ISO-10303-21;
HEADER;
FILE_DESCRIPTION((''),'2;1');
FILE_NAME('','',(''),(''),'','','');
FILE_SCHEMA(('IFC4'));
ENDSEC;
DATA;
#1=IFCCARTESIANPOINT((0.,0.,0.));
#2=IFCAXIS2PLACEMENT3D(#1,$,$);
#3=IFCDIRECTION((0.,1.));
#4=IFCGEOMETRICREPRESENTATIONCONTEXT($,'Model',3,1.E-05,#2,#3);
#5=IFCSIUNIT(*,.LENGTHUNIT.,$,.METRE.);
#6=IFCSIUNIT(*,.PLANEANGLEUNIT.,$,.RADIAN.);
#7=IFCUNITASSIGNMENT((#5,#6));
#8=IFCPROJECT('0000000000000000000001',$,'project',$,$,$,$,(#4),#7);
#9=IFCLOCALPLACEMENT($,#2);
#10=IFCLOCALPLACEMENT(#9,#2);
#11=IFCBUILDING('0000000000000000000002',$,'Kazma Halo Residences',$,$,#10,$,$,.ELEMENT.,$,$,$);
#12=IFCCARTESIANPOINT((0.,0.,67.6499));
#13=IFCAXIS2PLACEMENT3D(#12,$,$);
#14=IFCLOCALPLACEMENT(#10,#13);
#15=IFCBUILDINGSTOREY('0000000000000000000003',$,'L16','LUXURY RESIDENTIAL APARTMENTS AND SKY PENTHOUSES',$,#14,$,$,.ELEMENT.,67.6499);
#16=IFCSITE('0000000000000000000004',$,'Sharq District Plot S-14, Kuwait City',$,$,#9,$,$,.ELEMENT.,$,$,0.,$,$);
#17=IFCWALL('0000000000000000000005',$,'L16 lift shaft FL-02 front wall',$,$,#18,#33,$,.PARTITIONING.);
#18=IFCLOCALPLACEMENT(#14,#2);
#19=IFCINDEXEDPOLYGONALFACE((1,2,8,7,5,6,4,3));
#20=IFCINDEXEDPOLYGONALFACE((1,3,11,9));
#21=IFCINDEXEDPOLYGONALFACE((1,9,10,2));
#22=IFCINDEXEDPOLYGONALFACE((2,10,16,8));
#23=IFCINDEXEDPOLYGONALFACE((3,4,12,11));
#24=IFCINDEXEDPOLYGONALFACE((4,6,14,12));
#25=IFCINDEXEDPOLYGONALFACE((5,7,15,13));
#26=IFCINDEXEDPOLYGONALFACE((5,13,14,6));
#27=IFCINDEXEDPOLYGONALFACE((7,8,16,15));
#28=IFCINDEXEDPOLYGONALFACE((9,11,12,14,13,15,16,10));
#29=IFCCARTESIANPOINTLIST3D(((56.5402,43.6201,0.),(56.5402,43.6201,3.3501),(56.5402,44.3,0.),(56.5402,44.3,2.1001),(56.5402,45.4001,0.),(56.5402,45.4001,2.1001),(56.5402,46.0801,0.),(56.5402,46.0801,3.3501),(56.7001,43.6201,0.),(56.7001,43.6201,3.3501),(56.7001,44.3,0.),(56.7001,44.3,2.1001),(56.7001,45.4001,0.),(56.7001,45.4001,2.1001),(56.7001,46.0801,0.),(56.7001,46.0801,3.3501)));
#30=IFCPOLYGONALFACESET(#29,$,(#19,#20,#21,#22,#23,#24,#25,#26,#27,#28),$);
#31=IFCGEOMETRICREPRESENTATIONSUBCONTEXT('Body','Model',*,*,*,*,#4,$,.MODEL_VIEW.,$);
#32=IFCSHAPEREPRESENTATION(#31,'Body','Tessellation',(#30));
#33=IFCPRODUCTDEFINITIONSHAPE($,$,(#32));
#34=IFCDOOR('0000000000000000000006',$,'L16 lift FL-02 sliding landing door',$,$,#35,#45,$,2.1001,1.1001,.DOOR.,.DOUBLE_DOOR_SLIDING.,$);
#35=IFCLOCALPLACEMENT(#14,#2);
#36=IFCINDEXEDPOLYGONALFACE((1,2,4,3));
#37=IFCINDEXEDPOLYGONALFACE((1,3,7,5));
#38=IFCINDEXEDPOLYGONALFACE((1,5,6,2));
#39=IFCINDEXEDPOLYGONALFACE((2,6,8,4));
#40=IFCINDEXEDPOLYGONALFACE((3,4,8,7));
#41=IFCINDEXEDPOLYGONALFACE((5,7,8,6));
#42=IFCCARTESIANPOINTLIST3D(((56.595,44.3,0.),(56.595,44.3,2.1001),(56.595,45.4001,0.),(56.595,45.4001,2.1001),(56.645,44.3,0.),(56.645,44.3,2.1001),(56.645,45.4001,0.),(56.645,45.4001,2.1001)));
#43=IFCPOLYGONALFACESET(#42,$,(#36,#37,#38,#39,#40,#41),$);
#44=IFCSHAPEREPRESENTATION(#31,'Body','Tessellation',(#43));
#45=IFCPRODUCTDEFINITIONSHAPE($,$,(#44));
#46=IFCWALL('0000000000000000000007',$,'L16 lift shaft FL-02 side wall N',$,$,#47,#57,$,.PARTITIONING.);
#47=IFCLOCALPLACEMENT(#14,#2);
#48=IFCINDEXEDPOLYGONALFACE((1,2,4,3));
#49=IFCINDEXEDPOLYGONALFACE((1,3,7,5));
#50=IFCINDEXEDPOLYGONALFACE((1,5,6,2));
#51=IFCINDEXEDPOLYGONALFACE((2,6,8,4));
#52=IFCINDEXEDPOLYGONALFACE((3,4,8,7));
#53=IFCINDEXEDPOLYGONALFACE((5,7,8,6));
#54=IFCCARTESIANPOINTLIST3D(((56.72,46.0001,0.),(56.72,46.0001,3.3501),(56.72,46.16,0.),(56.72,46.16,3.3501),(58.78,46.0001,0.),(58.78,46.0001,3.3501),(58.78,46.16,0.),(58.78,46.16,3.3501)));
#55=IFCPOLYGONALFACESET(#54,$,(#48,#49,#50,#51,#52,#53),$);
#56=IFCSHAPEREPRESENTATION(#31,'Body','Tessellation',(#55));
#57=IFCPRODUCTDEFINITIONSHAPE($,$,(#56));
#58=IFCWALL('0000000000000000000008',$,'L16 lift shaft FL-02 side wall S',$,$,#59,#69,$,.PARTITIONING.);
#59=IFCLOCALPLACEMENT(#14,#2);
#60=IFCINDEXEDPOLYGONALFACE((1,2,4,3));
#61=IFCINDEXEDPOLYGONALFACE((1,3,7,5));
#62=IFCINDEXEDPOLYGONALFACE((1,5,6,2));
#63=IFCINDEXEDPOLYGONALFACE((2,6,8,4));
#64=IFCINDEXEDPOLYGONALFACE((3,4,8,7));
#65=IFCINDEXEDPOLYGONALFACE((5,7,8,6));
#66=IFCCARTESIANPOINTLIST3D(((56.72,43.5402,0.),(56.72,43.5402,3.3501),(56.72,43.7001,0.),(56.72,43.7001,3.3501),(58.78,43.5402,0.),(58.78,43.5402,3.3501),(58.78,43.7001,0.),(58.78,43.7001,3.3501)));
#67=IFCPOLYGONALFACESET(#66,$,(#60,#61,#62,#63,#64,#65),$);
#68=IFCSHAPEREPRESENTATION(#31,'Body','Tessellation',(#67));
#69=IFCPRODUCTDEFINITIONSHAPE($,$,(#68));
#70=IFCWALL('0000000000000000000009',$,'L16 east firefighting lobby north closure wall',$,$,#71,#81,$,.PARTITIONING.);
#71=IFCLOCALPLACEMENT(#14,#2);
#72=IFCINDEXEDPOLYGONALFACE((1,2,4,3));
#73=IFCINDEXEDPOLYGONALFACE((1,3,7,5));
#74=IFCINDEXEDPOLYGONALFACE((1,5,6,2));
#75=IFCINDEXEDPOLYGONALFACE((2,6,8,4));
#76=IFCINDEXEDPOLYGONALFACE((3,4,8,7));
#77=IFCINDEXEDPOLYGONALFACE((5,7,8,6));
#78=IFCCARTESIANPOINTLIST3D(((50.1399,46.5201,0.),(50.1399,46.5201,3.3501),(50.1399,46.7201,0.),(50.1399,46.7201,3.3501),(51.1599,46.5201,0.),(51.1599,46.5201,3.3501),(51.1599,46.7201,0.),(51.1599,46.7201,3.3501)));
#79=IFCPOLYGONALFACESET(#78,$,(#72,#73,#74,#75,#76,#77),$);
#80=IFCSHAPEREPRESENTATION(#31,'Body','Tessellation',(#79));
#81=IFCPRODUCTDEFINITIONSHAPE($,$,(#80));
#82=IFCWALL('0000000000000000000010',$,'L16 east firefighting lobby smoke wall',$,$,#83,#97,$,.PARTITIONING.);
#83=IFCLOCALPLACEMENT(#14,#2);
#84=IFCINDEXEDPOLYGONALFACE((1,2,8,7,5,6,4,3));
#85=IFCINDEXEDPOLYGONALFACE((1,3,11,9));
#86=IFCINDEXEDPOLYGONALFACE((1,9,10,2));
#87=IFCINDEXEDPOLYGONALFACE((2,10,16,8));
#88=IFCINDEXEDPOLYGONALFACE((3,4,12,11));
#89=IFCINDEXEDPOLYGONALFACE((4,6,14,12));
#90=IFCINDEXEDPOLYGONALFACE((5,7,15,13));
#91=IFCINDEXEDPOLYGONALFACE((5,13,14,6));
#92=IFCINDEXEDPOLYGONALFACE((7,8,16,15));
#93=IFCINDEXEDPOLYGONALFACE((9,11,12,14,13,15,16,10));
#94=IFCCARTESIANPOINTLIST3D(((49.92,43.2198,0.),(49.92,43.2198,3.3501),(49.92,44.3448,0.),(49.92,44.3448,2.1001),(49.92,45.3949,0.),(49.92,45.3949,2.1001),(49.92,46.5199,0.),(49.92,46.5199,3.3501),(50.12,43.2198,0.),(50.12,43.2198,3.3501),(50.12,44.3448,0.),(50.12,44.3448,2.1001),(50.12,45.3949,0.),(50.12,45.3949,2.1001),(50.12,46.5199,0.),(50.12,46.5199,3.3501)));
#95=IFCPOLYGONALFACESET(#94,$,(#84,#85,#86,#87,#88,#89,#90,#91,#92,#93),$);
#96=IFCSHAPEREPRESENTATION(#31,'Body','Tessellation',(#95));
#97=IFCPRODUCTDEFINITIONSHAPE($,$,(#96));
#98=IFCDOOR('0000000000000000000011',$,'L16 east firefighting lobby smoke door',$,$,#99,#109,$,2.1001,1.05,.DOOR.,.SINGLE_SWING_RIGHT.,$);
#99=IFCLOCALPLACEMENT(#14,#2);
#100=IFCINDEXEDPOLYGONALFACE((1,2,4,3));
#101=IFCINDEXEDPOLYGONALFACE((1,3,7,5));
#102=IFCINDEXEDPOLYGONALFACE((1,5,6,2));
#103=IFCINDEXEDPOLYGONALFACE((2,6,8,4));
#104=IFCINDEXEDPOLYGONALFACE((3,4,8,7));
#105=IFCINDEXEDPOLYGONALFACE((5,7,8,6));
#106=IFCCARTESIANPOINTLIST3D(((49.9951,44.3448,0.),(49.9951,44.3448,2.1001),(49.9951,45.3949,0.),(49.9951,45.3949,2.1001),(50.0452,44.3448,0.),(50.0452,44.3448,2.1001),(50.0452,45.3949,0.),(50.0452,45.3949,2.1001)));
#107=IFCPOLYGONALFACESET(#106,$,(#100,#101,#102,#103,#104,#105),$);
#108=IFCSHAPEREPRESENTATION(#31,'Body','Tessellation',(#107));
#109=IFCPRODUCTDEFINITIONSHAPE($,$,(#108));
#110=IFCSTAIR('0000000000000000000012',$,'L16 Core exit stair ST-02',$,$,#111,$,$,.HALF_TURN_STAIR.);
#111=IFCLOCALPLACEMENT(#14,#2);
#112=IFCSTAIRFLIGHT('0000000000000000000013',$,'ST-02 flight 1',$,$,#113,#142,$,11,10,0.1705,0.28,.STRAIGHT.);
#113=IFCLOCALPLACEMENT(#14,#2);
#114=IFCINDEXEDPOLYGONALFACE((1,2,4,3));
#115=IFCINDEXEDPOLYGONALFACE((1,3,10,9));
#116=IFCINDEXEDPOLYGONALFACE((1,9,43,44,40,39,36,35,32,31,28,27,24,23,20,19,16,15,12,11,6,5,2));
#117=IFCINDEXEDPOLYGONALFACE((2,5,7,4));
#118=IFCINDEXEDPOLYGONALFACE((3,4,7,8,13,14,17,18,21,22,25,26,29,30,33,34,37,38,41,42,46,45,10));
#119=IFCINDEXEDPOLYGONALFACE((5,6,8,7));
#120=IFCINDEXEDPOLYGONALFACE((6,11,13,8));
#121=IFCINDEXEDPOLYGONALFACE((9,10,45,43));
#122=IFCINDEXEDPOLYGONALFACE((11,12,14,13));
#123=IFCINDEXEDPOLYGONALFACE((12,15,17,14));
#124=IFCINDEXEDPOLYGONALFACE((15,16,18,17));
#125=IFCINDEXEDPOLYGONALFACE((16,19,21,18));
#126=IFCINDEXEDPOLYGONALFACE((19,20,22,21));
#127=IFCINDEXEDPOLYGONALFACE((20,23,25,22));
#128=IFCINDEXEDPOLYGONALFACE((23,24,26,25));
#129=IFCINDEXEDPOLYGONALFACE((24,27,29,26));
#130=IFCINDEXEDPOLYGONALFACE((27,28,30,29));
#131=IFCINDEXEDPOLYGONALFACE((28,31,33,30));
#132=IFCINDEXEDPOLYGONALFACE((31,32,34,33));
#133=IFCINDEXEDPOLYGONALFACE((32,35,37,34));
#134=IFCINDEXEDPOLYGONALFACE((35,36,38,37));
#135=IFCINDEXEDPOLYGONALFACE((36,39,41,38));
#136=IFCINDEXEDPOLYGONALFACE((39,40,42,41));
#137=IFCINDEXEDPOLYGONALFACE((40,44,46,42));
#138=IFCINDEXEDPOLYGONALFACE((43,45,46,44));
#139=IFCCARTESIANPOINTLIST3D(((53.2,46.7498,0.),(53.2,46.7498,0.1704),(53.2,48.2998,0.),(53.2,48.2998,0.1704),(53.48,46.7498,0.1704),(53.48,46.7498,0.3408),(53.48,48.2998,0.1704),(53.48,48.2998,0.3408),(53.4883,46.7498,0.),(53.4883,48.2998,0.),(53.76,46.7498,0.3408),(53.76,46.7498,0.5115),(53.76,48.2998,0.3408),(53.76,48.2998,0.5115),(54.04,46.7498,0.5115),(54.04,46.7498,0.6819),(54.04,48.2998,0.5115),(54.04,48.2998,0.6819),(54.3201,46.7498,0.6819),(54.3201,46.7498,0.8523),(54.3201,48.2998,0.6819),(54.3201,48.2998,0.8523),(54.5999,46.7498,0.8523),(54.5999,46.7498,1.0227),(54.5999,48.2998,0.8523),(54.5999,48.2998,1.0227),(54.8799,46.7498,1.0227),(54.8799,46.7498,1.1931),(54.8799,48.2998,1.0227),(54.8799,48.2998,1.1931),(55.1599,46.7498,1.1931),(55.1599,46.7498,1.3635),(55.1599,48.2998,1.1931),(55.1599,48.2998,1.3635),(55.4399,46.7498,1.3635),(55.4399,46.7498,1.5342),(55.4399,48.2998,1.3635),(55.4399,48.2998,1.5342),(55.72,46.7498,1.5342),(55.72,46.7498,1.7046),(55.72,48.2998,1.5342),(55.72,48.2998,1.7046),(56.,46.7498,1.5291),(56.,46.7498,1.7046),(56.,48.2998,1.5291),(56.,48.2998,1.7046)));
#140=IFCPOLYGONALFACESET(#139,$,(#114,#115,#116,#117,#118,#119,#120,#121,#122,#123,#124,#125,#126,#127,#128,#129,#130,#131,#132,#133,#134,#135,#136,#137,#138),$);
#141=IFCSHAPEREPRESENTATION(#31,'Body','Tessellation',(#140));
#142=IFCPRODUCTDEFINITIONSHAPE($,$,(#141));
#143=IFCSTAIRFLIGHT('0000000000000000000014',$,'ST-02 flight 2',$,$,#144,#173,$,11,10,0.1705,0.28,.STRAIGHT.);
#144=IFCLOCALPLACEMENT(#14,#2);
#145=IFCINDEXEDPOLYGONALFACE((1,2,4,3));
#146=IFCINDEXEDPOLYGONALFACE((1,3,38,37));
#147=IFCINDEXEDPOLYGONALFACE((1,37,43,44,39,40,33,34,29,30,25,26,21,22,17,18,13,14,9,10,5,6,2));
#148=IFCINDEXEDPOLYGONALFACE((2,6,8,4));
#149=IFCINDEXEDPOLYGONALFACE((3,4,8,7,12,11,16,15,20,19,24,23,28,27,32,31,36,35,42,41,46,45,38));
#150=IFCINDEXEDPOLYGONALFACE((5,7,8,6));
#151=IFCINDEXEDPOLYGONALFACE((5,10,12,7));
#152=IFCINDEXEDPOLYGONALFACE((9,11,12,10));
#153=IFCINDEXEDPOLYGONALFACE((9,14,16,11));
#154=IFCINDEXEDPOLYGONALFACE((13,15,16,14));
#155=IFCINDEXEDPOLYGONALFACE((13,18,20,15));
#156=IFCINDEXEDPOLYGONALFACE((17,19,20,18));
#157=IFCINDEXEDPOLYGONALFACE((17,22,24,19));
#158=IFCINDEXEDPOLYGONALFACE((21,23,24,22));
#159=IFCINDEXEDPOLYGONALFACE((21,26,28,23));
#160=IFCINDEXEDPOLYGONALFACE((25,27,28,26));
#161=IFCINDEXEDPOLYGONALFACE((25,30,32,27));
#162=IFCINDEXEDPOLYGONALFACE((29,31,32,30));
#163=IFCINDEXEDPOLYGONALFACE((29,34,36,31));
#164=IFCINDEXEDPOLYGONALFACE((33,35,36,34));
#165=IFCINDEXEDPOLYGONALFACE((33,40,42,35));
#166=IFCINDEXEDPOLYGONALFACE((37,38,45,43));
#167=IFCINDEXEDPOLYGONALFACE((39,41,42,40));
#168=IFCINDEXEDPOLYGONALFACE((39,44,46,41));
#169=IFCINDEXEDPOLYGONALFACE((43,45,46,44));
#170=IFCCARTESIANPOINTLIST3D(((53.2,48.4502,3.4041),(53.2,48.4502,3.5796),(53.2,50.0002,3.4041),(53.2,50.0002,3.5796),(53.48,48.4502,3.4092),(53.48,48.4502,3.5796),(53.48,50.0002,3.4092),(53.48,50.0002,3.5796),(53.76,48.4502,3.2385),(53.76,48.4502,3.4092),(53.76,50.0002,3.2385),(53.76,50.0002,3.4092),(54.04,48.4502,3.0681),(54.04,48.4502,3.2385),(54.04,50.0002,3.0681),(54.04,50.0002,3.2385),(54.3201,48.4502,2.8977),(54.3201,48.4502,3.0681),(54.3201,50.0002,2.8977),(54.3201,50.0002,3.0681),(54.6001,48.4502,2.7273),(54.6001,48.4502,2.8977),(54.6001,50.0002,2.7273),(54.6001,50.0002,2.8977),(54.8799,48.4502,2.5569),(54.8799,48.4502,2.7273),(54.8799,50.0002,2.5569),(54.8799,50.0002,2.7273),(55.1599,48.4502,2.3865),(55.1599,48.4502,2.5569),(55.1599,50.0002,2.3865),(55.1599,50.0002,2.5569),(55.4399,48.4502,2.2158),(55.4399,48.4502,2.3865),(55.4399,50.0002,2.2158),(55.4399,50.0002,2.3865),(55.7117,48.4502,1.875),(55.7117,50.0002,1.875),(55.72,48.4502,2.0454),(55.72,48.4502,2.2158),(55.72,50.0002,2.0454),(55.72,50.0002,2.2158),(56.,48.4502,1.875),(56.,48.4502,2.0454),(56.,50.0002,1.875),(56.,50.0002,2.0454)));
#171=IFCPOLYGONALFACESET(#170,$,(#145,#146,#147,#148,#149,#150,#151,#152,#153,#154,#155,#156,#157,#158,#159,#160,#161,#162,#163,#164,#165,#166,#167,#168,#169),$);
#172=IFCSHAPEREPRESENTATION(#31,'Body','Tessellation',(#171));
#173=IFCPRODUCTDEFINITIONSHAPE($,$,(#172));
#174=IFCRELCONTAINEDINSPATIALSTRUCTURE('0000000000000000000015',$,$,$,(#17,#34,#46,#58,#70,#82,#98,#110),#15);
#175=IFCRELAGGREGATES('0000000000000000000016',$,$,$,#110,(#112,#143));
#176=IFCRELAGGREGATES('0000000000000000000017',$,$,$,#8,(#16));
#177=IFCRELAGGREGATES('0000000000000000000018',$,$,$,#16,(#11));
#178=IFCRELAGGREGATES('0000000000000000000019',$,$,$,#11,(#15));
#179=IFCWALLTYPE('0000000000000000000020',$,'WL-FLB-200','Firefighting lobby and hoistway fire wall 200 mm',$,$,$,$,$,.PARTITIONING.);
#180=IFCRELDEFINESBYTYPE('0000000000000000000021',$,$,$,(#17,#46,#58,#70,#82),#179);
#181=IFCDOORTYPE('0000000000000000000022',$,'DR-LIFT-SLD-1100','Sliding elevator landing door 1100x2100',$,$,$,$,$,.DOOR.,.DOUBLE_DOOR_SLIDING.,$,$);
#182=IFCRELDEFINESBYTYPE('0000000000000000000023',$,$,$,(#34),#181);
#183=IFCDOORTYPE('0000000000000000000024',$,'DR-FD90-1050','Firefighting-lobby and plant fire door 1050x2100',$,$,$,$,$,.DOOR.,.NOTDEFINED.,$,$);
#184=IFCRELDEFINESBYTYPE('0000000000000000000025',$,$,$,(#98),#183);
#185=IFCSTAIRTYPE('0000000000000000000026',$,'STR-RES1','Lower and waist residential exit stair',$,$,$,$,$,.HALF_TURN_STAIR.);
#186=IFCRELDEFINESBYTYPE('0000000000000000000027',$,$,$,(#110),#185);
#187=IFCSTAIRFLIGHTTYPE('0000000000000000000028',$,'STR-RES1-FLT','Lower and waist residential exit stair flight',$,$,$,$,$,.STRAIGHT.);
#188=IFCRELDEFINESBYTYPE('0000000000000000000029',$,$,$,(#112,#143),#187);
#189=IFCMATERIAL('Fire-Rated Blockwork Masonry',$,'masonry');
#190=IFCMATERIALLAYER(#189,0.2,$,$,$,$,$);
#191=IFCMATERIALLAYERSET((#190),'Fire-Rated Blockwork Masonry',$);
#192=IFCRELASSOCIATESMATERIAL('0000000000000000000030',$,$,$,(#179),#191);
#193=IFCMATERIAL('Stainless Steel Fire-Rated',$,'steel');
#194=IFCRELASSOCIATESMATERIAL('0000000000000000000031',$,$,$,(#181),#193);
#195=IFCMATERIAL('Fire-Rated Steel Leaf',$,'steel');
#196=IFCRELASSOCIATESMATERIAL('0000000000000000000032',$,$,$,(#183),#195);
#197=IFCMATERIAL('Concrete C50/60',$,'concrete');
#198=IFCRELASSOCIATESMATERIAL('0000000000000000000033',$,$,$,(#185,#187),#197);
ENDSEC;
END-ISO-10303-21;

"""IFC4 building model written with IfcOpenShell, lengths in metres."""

from ifc_helpers import new_model, si_unit, direction, frame, frame_2d, origin, place, context, subcontext, project, spatial, polyline, rectangle, outline, extrude, material, layer, layer_set, type_object, element, fill, aggregate, save


model = new_model("IFC4")

# Units and contexts
model_context = context("Model", 3, precision=1e-05, world=origin(), true_north=direction((0.0, 1.0)))
body_context = subcontext(model_context, "Body", "Model", "MODEL_VIEW")
ifc_project = project(units=[si_unit("LENGTHUNIT", "METRE"), si_unit("PLANEANGLEUNIT", "RADIAN")], contexts=[model_context])

# Site, building, storey
site_placement = place(None, origin())
site = spatial("IfcSite", under=ifc_project, at=site_placement, Name="Sharq District Plot S-14, Kuwait City", CompositionType="ELEMENT", RefElevation=0.0)
building_placement = place(site_placement, origin())
building = spatial("IfcBuilding", under=site, at=building_placement, Name="Kazma Halo Residences", CompositionType="ELEMENT")
storey_placement = place(building_placement, frame((0.0, 0.0, 67.6499)))
storey = spatial("IfcBuildingStorey", under=building, at=storey_placement, Name="L16", Description="LUXURY RESIDENTIAL APARTMENTS AND SKY PENTHOUSES", CompositionType="ELEMENT", Elevation=67.6499)

# Wall, opening, door
ifc_material_1 = material(Name="Fire-Rated Blockwork Masonry", Category="masonry")
ifc_layer_1 = layer(ifc_material_1, 0.2)
ifc_layer_set_1 = layer_set([ifc_layer_1], Name="Fire-Rated Blockwork Masonry")
wall_type_1 = type_object("IfcWallType", Name="WL-FLB-200", Description="Firefighting lobby and hoistway fire wall 200 mm", PredefinedType="PARTITIONING", material=ifc_layer_set_1)
wall_1_placement = place(storey_placement, frame((56.6201, 46.0801, 0.0), z_axis=(0.0, 0.0, 1.0), x_axis=(0.0, -1.0, 0.0)))
wall_1 = element("IfcWall", 1, at=wall_1_placement, inside=storey, type_object=wall_type_1, Name="L16 lift shaft FL-02 front wall", PredefinedType="PARTITIONING", context=body_context, shape_type="SweptSolid", body=[
    extrude(rectangle(XDim=2.46, YDim=0.1599, at=frame_2d((1.23, 0.0))), origin(), (0.0, 0.0, 1.0), 3.3501),
])
opening_1_placement = place(wall_1_placement, frame((0.6799, 0.0, 0.0)))
opening_1 = element("IfcOpeningElement", 2, at=opening_1_placement, cuts=wall_1, PredefinedType="OPENING", context=body_context, shape_type="SweptSolid", body=[
    extrude(rectangle(XDim=1.1001, YDim=2.1001, at=frame_2d((0.55, 1.05))), frame((0.0, 0.0898, 0.0), z_axis=(0.0, -1.0, 0.0), x_axis=(1.0, 0.0, 0.0)), (0.0, 0.0, 1.0), 0.1799),
])
ifc_material_2 = material(Name="Stainless Steel Fire-Rated", Category="steel")
door_type_1 = type_object("IfcDoorType", Name="DR-LIFT-SLD-1100", Description="Sliding elevator landing door 1100x2100", OperationType="DOUBLE_DOOR_SLIDING", PredefinedType="DOOR", material=ifc_material_2)
door_1_placement = place(opening_1_placement, origin())
door_1 = element("IfcDoor", 3, at=door_1_placement, inside=storey, type_object=door_type_1, Name="L16 lift FL-02 sliding landing door", OperationType="DOUBLE_DOOR_SLIDING", OverallHeight=2.1001, OverallWidth=1.1001, PredefinedType="DOOR", context=body_context, shape_type="SweptSolid", body=[
    extrude(rectangle(XDim=1.1001, YDim=2.1001, at=frame_2d((0.55, 1.05))), frame((0.0, 0.0249, 0.0), z_axis=(0.0, -1.0, 0.0), x_axis=(1.0, 0.0, 0.0)), (0.0, 0.0, 1.0), 0.05),
])
fill(opening_1, door_1)

# Walls
for number, where, z_axis, x_axis, name in (
    (4, (56.72, 46.0801, 0.0), (0.0, 0.0, 1.0), (1.0, 0.0, 0.0), "L16 lift shaft FL-02 side wall N"),
    (5, (56.72, 43.6201, 0.0), (0.0, 0.0, 1.0), (1.0, 0.0, 0.0), "L16 lift shaft FL-02 side wall S"),
):
    element("IfcWall", number, at=place(storey_placement, frame(where, z_axis=z_axis, x_axis=x_axis)), inside=storey, type_object=wall_type_1, Name=name, PredefinedType="PARTITIONING", context=body_context, shape_type="SweptSolid", body=[
        extrude(rectangle(XDim=2.0601, YDim=0.1599, at=frame_2d((1.03, 0.0))), origin(), (0.0, 0.0, 1.0), 3.3501),
    ])
wall_2_placement = place(storey_placement, frame((50.1399, 46.6201, 0.0), z_axis=(0.0, 0.0, 1.0), x_axis=(1.0, 0.0, 0.0)))
element("IfcWall", 6, at=wall_2_placement, inside=storey, type_object=wall_type_1, Name="L16 east firefighting lobby north closure wall", PredefinedType="PARTITIONING", context=body_context, shape_type="SweptSolid", body=[
    extrude(rectangle(XDim=1.02, YDim=0.2, at=frame_2d((0.51, 0.0))), origin(), (0.0, 0.0, 1.0), 3.3501),
])

# Wall, opening, door
wall_3_placement = place(storey_placement, frame((50.02, 43.22, 0.0), z_axis=(0.0, 0.0, 1.0), x_axis=(0.0, 1.0, 0.0)))
wall_3 = element("IfcWall", 7, at=wall_3_placement, inside=storey, type_object=wall_type_1, Name="L16 east firefighting lobby smoke wall", PredefinedType="PARTITIONING", context=body_context, shape_type="SweptSolid", body=[
    extrude(rectangle(XDim=3.3, YDim=0.2, at=frame_2d((1.6499, 0.0))), origin(), (0.0, 0.0, 1.0), 3.3501),
])
opening_2_placement = place(wall_3_placement, frame((1.125, 0.0, 0.0)))
opening_2 = element("IfcOpeningElement", 8, at=opening_2_placement, cuts=wall_3, PredefinedType="OPENING", context=body_context, shape_type="SweptSolid", body=[
    extrude(rectangle(XDim=1.05, YDim=2.1001, at=frame_2d((0.5249, 1.05))), frame((0.0, 0.1099, 0.0), z_axis=(0.0, -1.0, 0.0), x_axis=(1.0, 0.0, 0.0)), (0.0, 0.0, 1.0), 0.22),
])
ifc_material_3 = material(Name="Fire-Rated Steel Leaf", Category="steel")
door_type_2 = type_object("IfcDoorType", Name="DR-FD90-1050", Description="Firefighting-lobby and plant fire door 1050x2100", OperationType="NOTDEFINED", PredefinedType="DOOR", material=ifc_material_3)
door_2_placement = place(opening_2_placement, origin())
door_2 = element("IfcDoor", 9, at=door_2_placement, inside=storey, type_object=door_type_2, Name="L16 east firefighting lobby smoke door", OperationType="SINGLE_SWING_RIGHT", OverallHeight=2.1001, OverallWidth=1.05, PredefinedType="DOOR", context=body_context, shape_type="SweptSolid", body=[
    extrude(rectangle(XDim=1.05, YDim=2.1001, at=frame_2d((0.5249, 1.05))), frame((0.0, 0.0249, 0.0), z_axis=(0.0, -1.0, 0.0), x_axis=(1.0, 0.0, 0.0)), (0.0, 0.0, 1.0), 0.05),
])
fill(opening_2, door_2)
ifc_material_4 = material(Name="Concrete C50/60", Category="concrete")

# Stair, stair flights
stair_type = type_object("IfcStairType", Name="STR-RES1", Description="Lower and waist residential exit stair", PredefinedType="HALF_TURN_STAIR", material=ifc_material_4)
stair_placement = place(storey_placement, origin())
stair = element("IfcStair", 10, at=stair_placement, inside=storey, type_object=stair_type, Name="L16 Core exit stair ST-02", PredefinedType="HALF_TURN_STAIR")
stair_flight_type = type_object("IfcStairFlightType", Name="STR-RES1-FLT", Description="Lower and waist residential exit stair flight", PredefinedType="STRAIGHT", material=ifc_material_4)
stair_flight_1_placement = place(storey_placement, frame((53.2, 47.5249, 0.0), z_axis=(0.0, 0.0, 1.0), x_axis=(1.0, 0.0, 0.0)))
stair_flight_1 = element("IfcStairFlight", 11, at=stair_flight_1_placement, type_object=stair_flight_type, Name="ST-02 flight 1", NumberOfRisers=11, NumberOfTreads=10, PredefinedType="STRAIGHT", RiserHeight=0.1705, TreadLength=0.28, context=body_context, shape_type="SweptSolid", body=[
    extrude(outline(polyline([(0.0, 0.0), (0.0, 0.1704), (0.28, 0.1704), (0.28, 0.3408), (0.5601, 0.3408), (0.5601, 0.5115), (0.8401, 0.5115), (0.8401, 0.6819), (1.1201, 0.6819), (1.1201, 0.8523), (1.3999, 0.8523), (1.3999, 1.0227), (1.6799, 1.0227), (1.6799, 1.1931), (1.96, 1.1931), (1.96, 1.3635), (2.24, 1.3635), (2.24, 1.5342), (2.52, 1.5342), (2.52, 1.7046), (2.8, 1.7046), (2.8, 1.875), (2.8, 1.5291), (0.2883, 0.0), (0.0, 0.0)])), frame((0.0, 0.7749, 0.0), z_axis=(0.0, -1.0, 0.0), x_axis=(1.0, 0.0, 0.0)), (0.0, 0.0, 1.0), 1.55),
])
stair_flight_2_placement = place(storey_placement, frame((56.0, 49.2251, 1.875), z_axis=(0.0, 0.0, 1.0), x_axis=(-1.0, 0.0, 0.0)))
stair_flight_2 = element("IfcStairFlight", 12, at=stair_flight_2_placement, type_object=stair_flight_type, Name="ST-02 flight 2", NumberOfRisers=11, NumberOfTreads=10, PredefinedType="STRAIGHT", RiserHeight=0.1705, TreadLength=0.28, context=body_context, shape_type="SweptSolid", body=[
    extrude(outline(polyline([(0.0, 0.0), (0.0, 0.1704), (0.28, 0.1704), (0.28, 0.3408), (0.5601, 0.3408), (0.5601, 0.5115), (0.8401, 0.5115), (0.8401, 0.6819), (1.1201, 0.6819), (1.1201, 0.8523), (1.3999, 0.8523), (1.3999, 1.0227), (1.6799, 1.0227), (1.6799, 1.1931), (1.96, 1.1931), (1.96, 1.3635), (2.24, 1.3635), (2.24, 1.5342), (2.52, 1.5342), (2.52, 1.7046), (2.8, 1.7046), (2.8, 1.875), (2.8, 1.5291), (0.2883, 0.0), (0.0, 0.0)])), frame((0.0, 0.7749, 0.0), z_axis=(0.0, -1.0, 0.0), x_axis=(1.0, 0.0, 0.0)), (0.0, 0.0, 1.0), 1.55),
])
aggregate(stair, [stair_flight_1, stair_flight_2])

save(model, "model.ifc")
